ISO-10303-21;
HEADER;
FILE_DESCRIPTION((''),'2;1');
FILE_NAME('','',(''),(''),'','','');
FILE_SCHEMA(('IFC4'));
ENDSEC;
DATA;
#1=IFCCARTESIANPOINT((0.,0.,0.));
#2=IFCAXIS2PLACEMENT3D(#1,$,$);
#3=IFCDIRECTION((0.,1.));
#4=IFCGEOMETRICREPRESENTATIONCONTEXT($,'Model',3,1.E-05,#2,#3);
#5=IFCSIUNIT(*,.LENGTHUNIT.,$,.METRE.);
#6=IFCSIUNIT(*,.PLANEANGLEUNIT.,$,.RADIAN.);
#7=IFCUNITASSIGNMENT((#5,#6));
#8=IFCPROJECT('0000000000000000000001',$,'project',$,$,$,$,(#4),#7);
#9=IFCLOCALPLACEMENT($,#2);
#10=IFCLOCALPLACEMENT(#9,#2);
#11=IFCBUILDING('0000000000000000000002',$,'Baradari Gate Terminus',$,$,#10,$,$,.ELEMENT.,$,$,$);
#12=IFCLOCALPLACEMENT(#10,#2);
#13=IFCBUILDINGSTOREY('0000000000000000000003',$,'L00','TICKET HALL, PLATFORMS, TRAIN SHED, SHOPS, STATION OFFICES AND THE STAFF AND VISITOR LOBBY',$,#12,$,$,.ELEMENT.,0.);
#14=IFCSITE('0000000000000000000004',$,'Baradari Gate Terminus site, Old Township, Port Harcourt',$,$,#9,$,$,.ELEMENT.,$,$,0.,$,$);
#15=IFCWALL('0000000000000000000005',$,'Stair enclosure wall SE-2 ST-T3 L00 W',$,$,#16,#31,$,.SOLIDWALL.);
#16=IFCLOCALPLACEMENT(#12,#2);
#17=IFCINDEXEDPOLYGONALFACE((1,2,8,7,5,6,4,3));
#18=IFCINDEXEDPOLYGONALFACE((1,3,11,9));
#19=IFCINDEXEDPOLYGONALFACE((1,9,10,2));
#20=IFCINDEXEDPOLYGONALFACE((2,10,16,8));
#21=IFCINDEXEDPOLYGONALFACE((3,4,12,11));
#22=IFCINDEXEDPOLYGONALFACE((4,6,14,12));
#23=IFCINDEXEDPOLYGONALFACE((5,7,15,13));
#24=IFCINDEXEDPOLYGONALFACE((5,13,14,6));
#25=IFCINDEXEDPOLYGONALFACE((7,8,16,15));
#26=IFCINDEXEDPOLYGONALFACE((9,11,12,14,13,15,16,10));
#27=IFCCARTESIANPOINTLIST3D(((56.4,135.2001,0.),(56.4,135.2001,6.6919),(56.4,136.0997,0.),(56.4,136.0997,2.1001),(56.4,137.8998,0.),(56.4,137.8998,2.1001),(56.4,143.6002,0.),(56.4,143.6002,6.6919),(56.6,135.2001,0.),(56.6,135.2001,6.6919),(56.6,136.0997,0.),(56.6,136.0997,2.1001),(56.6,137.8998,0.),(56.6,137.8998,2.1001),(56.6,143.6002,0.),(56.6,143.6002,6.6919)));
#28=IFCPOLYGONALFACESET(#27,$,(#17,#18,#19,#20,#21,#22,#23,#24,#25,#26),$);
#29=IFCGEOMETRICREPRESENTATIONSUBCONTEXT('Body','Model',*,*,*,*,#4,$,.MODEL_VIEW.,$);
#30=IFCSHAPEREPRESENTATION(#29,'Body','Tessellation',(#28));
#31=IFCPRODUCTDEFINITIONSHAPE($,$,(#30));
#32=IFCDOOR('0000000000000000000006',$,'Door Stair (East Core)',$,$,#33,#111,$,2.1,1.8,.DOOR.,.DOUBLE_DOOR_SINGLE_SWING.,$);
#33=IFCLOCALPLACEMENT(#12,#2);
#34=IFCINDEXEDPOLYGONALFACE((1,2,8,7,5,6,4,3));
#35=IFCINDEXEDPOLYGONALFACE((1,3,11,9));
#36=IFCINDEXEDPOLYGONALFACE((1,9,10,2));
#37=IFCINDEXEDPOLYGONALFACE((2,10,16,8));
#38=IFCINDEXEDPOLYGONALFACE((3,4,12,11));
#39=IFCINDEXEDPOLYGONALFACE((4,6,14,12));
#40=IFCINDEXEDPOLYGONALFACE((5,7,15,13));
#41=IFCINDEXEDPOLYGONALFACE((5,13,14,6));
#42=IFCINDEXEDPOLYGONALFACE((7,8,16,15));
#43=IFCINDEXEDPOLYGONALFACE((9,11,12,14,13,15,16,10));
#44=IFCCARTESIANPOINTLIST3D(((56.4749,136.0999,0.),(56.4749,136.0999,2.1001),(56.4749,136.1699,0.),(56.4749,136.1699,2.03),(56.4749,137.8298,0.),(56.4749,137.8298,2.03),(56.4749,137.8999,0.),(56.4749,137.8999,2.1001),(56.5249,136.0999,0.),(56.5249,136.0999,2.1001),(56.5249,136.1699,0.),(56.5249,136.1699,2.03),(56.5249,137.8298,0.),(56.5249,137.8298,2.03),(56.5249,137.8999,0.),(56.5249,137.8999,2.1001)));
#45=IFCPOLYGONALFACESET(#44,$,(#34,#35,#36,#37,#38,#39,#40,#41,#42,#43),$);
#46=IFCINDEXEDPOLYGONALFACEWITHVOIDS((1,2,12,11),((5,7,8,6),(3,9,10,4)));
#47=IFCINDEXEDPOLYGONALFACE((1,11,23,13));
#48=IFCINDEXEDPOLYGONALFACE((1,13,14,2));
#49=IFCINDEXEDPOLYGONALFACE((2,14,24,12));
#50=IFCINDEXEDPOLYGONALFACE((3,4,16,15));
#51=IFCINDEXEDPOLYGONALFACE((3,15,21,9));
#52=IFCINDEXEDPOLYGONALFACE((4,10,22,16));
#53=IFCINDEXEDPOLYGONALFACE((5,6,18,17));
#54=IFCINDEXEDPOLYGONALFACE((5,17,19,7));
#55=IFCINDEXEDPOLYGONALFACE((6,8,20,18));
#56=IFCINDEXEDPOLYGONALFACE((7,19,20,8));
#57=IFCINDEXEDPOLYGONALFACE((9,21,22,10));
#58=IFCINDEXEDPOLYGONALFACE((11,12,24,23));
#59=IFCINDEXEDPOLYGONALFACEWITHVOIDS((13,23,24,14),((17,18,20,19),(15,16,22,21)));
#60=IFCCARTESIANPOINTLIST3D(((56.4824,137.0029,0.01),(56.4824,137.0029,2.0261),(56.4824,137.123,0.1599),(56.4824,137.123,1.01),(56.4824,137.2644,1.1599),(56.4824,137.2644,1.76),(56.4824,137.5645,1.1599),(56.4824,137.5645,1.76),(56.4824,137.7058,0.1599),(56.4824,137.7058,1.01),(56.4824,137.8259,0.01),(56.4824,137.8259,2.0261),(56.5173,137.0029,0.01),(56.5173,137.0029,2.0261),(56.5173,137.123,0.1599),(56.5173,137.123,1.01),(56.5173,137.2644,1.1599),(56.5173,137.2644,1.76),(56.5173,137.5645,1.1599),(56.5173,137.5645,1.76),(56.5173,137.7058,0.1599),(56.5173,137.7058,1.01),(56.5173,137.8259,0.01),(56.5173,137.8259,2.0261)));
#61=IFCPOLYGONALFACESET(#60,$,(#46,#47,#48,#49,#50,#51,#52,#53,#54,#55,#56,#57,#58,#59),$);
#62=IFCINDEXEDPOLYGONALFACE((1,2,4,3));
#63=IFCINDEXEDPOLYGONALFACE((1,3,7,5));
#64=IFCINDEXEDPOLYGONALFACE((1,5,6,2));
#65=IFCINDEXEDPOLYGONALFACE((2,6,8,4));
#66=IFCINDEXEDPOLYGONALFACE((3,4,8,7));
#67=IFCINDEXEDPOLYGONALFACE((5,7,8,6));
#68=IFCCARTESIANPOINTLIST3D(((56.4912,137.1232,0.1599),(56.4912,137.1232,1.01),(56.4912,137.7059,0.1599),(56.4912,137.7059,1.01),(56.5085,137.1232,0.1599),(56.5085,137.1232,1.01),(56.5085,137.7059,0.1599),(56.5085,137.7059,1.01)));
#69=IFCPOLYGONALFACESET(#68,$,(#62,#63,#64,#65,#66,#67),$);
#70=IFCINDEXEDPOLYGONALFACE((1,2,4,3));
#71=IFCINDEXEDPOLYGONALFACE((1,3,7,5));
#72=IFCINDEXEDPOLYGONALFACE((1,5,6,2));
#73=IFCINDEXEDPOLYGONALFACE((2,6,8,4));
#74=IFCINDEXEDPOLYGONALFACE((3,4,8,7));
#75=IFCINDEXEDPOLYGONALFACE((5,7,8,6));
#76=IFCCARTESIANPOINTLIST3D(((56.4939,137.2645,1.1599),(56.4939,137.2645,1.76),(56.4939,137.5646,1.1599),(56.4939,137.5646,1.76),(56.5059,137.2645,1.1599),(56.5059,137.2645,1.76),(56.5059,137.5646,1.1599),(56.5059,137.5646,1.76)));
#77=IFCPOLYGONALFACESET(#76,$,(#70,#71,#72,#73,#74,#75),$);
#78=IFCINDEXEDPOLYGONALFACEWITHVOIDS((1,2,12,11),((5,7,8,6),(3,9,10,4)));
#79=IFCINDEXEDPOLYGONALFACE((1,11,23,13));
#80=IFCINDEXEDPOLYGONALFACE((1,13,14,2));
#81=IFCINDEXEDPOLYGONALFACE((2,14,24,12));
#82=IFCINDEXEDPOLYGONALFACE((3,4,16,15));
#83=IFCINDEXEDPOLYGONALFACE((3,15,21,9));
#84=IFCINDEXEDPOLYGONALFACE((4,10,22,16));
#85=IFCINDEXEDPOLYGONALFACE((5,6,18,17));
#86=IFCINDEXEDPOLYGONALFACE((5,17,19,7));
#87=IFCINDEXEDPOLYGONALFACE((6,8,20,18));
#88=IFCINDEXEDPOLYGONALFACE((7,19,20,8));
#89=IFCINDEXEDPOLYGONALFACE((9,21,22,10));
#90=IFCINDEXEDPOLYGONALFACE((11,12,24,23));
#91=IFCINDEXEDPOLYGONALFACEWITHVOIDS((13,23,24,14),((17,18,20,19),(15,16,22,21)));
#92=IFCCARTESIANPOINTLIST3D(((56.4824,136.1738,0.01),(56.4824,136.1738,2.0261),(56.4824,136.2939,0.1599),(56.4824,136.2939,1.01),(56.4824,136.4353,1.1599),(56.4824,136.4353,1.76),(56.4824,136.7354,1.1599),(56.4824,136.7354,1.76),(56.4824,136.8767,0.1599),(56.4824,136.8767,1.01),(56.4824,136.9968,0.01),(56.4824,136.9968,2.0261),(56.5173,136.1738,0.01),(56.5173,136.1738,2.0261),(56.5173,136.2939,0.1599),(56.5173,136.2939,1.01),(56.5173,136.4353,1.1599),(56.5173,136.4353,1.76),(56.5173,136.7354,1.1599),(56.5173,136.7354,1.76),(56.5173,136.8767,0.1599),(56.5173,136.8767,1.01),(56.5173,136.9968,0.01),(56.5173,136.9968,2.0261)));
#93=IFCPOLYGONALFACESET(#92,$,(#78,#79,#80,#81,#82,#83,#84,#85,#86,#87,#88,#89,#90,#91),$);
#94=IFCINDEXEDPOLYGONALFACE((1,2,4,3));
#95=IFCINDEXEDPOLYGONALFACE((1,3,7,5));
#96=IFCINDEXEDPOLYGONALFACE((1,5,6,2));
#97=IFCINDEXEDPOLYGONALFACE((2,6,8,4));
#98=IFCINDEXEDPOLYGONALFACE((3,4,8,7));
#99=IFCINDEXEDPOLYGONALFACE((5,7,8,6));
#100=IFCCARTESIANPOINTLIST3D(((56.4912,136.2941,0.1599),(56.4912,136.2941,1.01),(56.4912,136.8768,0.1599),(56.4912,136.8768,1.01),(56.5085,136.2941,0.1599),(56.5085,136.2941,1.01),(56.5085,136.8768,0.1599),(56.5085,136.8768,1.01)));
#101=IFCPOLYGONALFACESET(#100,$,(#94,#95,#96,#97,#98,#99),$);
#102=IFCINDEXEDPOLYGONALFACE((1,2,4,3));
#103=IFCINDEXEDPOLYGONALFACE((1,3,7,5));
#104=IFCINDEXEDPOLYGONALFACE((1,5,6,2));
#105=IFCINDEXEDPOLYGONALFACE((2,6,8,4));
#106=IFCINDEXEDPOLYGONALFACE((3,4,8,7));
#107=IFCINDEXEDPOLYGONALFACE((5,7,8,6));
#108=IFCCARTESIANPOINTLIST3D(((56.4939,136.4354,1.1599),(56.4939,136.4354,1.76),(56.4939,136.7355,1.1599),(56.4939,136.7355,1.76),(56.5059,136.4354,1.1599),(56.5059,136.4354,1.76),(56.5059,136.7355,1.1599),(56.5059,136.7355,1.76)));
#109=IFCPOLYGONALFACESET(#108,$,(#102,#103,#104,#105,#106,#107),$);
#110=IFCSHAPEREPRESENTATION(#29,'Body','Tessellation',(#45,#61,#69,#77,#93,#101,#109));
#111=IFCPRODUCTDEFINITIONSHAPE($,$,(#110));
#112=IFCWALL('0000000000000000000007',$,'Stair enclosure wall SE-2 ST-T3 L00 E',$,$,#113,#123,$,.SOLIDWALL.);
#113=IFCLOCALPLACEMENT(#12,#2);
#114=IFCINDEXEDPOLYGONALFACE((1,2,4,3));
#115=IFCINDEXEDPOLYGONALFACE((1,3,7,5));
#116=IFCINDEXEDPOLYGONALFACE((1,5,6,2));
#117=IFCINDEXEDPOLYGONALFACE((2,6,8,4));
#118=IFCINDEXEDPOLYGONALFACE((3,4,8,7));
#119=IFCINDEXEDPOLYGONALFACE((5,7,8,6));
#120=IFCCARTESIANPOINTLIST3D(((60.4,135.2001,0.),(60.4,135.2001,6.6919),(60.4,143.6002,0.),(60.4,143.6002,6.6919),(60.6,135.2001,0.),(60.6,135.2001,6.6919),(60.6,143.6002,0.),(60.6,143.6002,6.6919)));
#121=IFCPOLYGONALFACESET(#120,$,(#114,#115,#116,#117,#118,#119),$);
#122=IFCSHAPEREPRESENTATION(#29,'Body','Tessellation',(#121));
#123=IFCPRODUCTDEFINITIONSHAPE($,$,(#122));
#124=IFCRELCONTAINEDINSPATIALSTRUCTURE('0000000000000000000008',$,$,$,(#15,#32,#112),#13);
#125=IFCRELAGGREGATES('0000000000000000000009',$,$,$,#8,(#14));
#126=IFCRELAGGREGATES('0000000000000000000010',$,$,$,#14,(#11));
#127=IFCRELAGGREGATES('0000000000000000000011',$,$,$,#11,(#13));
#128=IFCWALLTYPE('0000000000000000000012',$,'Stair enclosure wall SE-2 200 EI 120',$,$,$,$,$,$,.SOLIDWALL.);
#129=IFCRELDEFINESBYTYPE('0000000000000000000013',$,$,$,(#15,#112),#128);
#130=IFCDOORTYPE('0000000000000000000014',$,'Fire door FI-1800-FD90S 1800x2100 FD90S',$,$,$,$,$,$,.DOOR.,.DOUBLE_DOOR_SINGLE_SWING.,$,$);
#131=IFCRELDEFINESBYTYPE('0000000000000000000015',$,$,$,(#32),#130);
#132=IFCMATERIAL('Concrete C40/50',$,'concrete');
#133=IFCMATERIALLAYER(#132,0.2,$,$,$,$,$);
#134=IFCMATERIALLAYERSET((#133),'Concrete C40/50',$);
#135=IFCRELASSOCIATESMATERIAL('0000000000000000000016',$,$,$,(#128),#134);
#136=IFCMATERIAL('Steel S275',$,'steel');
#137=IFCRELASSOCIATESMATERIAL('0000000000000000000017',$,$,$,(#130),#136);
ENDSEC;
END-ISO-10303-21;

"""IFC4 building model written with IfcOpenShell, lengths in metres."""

from ifc_helpers import new_model, si_unit, direction, frame, frame_2d, origin, place, context, subcontext, project, spatial, polyline, rectangle, outline, extrude, material, layer, layer_set, type_object, element, fill, save


model = new_model("IFC4")

# Units and contexts
model_context = context("Model", 3, precision=1e-05, world=origin(), true_north=direction((0.0, 1.0)))
body_context = subcontext(model_context, "Body", "Model", "MODEL_VIEW")
ifc_project = project(units=[si_unit("LENGTHUNIT", "METRE"), si_unit("PLANEANGLEUNIT", "RADIAN")], contexts=[model_context])

# Site, building, storey
site_placement = place(None, origin())
site = spatial("IfcSite", under=ifc_project, at=site_placement, Name="Baradari Gate Terminus site, Old Township, Port Harcourt", CompositionType="ELEMENT", RefElevation=0.0)
building_placement = place(site_placement, origin())
building = spatial("IfcBuilding", under=site, at=building_placement, Name="Baradari Gate Terminus", CompositionType="ELEMENT")
storey_placement = place(building_placement, origin())
storey = spatial("IfcBuildingStorey", under=building, at=storey_placement, Name="L00", Description="TICKET HALL, PLATFORMS, TRAIN SHED, SHOPS, STATION OFFICES AND THE STAFF AND VISITOR LOBBY", CompositionType="ELEMENT", Elevation=0.0)

# Shared definitions
ifc_material_1 = material(Name="Concrete C40/50", Category="concrete")
ifc_layer_1 = layer(ifc_material_1, 0.2)
ifc_layer_set_1 = layer_set([ifc_layer_1], Name="Concrete C40/50")
wall_type_1 = type_object("IfcWallType", Name="Stair enclosure wall SE-2 200 EI 120", PredefinedType="SOLIDWALL", material=ifc_layer_set_1)

# Wall, opening, door
wall_1_placement = place(storey_placement, frame((56.5, 135.2, 0.0), z_axis=(0.0, 0.0, 1.0), x_axis=(0.0, 1.0, 0.0)))
wall_1 = element("IfcWall", 1, at=wall_1_placement, inside=storey, type_object=wall_type_1, Name="Stair enclosure wall SE-2 ST-T3 L00 W", PredefinedType="SOLIDWALL", context=body_context, shape_type="SweptSolid", body=[
    extrude(rectangle(XDim=8.4001, YDim=0.2, at=frame_2d((4.2002, 0.0))), origin(), (0.0, 0.0, 1.0), 6.6919),
])
opening_1_placement = place(wall_1_placement, frame((0.8999, 0.0, 0.0)))
opening_1 = element("IfcOpeningElement", 2, at=opening_1_placement, cuts=wall_1, PredefinedType="OPENING", context=body_context, shape_type="SweptSolid", body=[
    extrude(rectangle(XDim=1.8, YDim=2.1001, at=frame_2d((0.8999, 1.05))), frame((0.0, 0.1099, 0.0), z_axis=(0.0, -1.0, 0.0), x_axis=(1.0, 0.0, 0.0)), (0.0, 0.0, 1.0), 0.22),
])
ifc_material_2 = material(Name="Steel S275", Category="steel")
door_type_1 = type_object("IfcDoorType", Name="Fire door FI-1800-FD90S 1800x2100 FD90S", OperationType="DOUBLE_DOOR_SINGLE_SWING", PredefinedType="DOOR", material=ifc_material_2)
door_1_placement = place(opening_1_placement, frame((1.8, 0.0, 0.0), z_axis=(0.0, 0.0, 1.0), x_axis=(-1.0, 0.0, 0.0)))
door_1 = element("IfcDoor", 3, at=door_1_placement, inside=storey, type_object=door_type_1, Name="Door Stair (East Core)", OperationType="DOUBLE_DOOR_SINGLE_SWING", OverallHeight=2.1, OverallWidth=1.8, PredefinedType="DOOR", context=body_context, shape_type="SweptSolid", body=[
    extrude(outline(polyline([(0.0, 0.0), (0.0701, 0.0), (0.0701, 2.03), (1.73, 2.03), (1.73, 0.0), (1.8, 0.0), (1.8, 2.1001), (0.0, 2.1001), (0.0, 0.0)])), frame((0.0, 0.0249, 0.0), z_axis=(0.0, -1.0, 0.0), x_axis=(1.0, 0.0, 0.0)), (0.0, 0.0, 1.0), 0.05),
    extrude(outline(polyline([(0.074, 0.01), (0.897, 0.01), (0.897, 2.0261), (0.074, 2.0261), (0.074, 0.01)]), holes=[polyline([(0.1941, 0.1599), (0.7769, 0.1599), (0.7769, 1.01), (0.1941, 1.01), (0.1941, 0.1599)]), polyline([(0.3354, 1.1599), (0.6355, 1.1599), (0.6355, 1.76), (0.3354, 1.76), (0.3354, 1.1599)])]), frame((0.0, 0.0173, 0.0), z_axis=(0.0, -1.0, 0.0), x_axis=(1.0, 0.0, 0.0)), (0.0, 0.0, 1.0), 0.0349),
    extrude(rectangle(XDim=0.5828, YDim=0.8501, at=frame_2d((0.4854, 0.585))), frame((0.0, 0.0085, 0.0), z_axis=(0.0, -1.0, 0.0), x_axis=(1.0, 0.0, 0.0)), (0.0, 0.0, 1.0), 0.0173),
    extrude(rectangle(XDim=0.3, YDim=0.6001, at=frame_2d((0.4854, 1.46))), frame((0.0, 0.0059, 0.0), z_axis=(0.0, -1.0, 0.0), x_axis=(1.0, 0.0, 0.0)), (0.0, 0.0, 1.0), 0.012),
    extrude(outline(polyline([(0.9031, 0.01), (1.7261, 0.01), (1.7261, 2.0261), (0.9031, 2.0261), (0.9031, 0.01)]), holes=[polyline([(1.0232, 0.1599), (1.606, 0.1599), (1.606, 1.01), (1.0232, 1.01), (1.0232, 0.1599)]), polyline([(1.1646, 1.1599), (1.4646, 1.1599), (1.4646, 1.76), (1.1646, 1.76), (1.1646, 1.1599)])]), frame((0.0, 0.0173, 0.0), z_axis=(0.0, -1.0, 0.0), x_axis=(1.0, 0.0, 0.0)), (0.0, 0.0, 1.0), 0.0349),
    extrude(rectangle(XDim=0.5828, YDim=0.8501, at=frame_2d((1.3145, 0.585))), frame((0.0, 0.0085, 0.0), z_axis=(0.0, -1.0, 0.0), x_axis=(1.0, 0.0, 0.0)), (0.0, 0.0, 1.0), 0.0173),
    extrude(rectangle(XDim=0.3, YDim=0.6001, at=frame_2d((1.3145, 1.46))), frame((0.0, 0.0059, 0.0), z_axis=(0.0, -1.0, 0.0), x_axis=(1.0, 0.0, 0.0)), (0.0, 0.0, 1.0), 0.012),
])
fill(opening_1, door_1)

# Wall
wall_2_placement = place(storey_placement, frame((60.5, 135.2, 0.0), z_axis=(0.0, 0.0, 1.0), x_axis=(0.0, 1.0, 0.0)))
element("IfcWall", 4, at=wall_2_placement, inside=storey, type_object=wall_type_1, Name="Stair enclosure wall SE-2 ST-T3 L00 E", PredefinedType="SOLIDWALL", context=body_context, shape_type="SweptSolid", body=[
    extrude(rectangle(XDim=8.4001, YDim=0.2, at=frame_2d((4.2002, 0.0))), origin(), (0.0, 0.0, 1.0), 6.6919),
])

save(model, "model.ifc")
